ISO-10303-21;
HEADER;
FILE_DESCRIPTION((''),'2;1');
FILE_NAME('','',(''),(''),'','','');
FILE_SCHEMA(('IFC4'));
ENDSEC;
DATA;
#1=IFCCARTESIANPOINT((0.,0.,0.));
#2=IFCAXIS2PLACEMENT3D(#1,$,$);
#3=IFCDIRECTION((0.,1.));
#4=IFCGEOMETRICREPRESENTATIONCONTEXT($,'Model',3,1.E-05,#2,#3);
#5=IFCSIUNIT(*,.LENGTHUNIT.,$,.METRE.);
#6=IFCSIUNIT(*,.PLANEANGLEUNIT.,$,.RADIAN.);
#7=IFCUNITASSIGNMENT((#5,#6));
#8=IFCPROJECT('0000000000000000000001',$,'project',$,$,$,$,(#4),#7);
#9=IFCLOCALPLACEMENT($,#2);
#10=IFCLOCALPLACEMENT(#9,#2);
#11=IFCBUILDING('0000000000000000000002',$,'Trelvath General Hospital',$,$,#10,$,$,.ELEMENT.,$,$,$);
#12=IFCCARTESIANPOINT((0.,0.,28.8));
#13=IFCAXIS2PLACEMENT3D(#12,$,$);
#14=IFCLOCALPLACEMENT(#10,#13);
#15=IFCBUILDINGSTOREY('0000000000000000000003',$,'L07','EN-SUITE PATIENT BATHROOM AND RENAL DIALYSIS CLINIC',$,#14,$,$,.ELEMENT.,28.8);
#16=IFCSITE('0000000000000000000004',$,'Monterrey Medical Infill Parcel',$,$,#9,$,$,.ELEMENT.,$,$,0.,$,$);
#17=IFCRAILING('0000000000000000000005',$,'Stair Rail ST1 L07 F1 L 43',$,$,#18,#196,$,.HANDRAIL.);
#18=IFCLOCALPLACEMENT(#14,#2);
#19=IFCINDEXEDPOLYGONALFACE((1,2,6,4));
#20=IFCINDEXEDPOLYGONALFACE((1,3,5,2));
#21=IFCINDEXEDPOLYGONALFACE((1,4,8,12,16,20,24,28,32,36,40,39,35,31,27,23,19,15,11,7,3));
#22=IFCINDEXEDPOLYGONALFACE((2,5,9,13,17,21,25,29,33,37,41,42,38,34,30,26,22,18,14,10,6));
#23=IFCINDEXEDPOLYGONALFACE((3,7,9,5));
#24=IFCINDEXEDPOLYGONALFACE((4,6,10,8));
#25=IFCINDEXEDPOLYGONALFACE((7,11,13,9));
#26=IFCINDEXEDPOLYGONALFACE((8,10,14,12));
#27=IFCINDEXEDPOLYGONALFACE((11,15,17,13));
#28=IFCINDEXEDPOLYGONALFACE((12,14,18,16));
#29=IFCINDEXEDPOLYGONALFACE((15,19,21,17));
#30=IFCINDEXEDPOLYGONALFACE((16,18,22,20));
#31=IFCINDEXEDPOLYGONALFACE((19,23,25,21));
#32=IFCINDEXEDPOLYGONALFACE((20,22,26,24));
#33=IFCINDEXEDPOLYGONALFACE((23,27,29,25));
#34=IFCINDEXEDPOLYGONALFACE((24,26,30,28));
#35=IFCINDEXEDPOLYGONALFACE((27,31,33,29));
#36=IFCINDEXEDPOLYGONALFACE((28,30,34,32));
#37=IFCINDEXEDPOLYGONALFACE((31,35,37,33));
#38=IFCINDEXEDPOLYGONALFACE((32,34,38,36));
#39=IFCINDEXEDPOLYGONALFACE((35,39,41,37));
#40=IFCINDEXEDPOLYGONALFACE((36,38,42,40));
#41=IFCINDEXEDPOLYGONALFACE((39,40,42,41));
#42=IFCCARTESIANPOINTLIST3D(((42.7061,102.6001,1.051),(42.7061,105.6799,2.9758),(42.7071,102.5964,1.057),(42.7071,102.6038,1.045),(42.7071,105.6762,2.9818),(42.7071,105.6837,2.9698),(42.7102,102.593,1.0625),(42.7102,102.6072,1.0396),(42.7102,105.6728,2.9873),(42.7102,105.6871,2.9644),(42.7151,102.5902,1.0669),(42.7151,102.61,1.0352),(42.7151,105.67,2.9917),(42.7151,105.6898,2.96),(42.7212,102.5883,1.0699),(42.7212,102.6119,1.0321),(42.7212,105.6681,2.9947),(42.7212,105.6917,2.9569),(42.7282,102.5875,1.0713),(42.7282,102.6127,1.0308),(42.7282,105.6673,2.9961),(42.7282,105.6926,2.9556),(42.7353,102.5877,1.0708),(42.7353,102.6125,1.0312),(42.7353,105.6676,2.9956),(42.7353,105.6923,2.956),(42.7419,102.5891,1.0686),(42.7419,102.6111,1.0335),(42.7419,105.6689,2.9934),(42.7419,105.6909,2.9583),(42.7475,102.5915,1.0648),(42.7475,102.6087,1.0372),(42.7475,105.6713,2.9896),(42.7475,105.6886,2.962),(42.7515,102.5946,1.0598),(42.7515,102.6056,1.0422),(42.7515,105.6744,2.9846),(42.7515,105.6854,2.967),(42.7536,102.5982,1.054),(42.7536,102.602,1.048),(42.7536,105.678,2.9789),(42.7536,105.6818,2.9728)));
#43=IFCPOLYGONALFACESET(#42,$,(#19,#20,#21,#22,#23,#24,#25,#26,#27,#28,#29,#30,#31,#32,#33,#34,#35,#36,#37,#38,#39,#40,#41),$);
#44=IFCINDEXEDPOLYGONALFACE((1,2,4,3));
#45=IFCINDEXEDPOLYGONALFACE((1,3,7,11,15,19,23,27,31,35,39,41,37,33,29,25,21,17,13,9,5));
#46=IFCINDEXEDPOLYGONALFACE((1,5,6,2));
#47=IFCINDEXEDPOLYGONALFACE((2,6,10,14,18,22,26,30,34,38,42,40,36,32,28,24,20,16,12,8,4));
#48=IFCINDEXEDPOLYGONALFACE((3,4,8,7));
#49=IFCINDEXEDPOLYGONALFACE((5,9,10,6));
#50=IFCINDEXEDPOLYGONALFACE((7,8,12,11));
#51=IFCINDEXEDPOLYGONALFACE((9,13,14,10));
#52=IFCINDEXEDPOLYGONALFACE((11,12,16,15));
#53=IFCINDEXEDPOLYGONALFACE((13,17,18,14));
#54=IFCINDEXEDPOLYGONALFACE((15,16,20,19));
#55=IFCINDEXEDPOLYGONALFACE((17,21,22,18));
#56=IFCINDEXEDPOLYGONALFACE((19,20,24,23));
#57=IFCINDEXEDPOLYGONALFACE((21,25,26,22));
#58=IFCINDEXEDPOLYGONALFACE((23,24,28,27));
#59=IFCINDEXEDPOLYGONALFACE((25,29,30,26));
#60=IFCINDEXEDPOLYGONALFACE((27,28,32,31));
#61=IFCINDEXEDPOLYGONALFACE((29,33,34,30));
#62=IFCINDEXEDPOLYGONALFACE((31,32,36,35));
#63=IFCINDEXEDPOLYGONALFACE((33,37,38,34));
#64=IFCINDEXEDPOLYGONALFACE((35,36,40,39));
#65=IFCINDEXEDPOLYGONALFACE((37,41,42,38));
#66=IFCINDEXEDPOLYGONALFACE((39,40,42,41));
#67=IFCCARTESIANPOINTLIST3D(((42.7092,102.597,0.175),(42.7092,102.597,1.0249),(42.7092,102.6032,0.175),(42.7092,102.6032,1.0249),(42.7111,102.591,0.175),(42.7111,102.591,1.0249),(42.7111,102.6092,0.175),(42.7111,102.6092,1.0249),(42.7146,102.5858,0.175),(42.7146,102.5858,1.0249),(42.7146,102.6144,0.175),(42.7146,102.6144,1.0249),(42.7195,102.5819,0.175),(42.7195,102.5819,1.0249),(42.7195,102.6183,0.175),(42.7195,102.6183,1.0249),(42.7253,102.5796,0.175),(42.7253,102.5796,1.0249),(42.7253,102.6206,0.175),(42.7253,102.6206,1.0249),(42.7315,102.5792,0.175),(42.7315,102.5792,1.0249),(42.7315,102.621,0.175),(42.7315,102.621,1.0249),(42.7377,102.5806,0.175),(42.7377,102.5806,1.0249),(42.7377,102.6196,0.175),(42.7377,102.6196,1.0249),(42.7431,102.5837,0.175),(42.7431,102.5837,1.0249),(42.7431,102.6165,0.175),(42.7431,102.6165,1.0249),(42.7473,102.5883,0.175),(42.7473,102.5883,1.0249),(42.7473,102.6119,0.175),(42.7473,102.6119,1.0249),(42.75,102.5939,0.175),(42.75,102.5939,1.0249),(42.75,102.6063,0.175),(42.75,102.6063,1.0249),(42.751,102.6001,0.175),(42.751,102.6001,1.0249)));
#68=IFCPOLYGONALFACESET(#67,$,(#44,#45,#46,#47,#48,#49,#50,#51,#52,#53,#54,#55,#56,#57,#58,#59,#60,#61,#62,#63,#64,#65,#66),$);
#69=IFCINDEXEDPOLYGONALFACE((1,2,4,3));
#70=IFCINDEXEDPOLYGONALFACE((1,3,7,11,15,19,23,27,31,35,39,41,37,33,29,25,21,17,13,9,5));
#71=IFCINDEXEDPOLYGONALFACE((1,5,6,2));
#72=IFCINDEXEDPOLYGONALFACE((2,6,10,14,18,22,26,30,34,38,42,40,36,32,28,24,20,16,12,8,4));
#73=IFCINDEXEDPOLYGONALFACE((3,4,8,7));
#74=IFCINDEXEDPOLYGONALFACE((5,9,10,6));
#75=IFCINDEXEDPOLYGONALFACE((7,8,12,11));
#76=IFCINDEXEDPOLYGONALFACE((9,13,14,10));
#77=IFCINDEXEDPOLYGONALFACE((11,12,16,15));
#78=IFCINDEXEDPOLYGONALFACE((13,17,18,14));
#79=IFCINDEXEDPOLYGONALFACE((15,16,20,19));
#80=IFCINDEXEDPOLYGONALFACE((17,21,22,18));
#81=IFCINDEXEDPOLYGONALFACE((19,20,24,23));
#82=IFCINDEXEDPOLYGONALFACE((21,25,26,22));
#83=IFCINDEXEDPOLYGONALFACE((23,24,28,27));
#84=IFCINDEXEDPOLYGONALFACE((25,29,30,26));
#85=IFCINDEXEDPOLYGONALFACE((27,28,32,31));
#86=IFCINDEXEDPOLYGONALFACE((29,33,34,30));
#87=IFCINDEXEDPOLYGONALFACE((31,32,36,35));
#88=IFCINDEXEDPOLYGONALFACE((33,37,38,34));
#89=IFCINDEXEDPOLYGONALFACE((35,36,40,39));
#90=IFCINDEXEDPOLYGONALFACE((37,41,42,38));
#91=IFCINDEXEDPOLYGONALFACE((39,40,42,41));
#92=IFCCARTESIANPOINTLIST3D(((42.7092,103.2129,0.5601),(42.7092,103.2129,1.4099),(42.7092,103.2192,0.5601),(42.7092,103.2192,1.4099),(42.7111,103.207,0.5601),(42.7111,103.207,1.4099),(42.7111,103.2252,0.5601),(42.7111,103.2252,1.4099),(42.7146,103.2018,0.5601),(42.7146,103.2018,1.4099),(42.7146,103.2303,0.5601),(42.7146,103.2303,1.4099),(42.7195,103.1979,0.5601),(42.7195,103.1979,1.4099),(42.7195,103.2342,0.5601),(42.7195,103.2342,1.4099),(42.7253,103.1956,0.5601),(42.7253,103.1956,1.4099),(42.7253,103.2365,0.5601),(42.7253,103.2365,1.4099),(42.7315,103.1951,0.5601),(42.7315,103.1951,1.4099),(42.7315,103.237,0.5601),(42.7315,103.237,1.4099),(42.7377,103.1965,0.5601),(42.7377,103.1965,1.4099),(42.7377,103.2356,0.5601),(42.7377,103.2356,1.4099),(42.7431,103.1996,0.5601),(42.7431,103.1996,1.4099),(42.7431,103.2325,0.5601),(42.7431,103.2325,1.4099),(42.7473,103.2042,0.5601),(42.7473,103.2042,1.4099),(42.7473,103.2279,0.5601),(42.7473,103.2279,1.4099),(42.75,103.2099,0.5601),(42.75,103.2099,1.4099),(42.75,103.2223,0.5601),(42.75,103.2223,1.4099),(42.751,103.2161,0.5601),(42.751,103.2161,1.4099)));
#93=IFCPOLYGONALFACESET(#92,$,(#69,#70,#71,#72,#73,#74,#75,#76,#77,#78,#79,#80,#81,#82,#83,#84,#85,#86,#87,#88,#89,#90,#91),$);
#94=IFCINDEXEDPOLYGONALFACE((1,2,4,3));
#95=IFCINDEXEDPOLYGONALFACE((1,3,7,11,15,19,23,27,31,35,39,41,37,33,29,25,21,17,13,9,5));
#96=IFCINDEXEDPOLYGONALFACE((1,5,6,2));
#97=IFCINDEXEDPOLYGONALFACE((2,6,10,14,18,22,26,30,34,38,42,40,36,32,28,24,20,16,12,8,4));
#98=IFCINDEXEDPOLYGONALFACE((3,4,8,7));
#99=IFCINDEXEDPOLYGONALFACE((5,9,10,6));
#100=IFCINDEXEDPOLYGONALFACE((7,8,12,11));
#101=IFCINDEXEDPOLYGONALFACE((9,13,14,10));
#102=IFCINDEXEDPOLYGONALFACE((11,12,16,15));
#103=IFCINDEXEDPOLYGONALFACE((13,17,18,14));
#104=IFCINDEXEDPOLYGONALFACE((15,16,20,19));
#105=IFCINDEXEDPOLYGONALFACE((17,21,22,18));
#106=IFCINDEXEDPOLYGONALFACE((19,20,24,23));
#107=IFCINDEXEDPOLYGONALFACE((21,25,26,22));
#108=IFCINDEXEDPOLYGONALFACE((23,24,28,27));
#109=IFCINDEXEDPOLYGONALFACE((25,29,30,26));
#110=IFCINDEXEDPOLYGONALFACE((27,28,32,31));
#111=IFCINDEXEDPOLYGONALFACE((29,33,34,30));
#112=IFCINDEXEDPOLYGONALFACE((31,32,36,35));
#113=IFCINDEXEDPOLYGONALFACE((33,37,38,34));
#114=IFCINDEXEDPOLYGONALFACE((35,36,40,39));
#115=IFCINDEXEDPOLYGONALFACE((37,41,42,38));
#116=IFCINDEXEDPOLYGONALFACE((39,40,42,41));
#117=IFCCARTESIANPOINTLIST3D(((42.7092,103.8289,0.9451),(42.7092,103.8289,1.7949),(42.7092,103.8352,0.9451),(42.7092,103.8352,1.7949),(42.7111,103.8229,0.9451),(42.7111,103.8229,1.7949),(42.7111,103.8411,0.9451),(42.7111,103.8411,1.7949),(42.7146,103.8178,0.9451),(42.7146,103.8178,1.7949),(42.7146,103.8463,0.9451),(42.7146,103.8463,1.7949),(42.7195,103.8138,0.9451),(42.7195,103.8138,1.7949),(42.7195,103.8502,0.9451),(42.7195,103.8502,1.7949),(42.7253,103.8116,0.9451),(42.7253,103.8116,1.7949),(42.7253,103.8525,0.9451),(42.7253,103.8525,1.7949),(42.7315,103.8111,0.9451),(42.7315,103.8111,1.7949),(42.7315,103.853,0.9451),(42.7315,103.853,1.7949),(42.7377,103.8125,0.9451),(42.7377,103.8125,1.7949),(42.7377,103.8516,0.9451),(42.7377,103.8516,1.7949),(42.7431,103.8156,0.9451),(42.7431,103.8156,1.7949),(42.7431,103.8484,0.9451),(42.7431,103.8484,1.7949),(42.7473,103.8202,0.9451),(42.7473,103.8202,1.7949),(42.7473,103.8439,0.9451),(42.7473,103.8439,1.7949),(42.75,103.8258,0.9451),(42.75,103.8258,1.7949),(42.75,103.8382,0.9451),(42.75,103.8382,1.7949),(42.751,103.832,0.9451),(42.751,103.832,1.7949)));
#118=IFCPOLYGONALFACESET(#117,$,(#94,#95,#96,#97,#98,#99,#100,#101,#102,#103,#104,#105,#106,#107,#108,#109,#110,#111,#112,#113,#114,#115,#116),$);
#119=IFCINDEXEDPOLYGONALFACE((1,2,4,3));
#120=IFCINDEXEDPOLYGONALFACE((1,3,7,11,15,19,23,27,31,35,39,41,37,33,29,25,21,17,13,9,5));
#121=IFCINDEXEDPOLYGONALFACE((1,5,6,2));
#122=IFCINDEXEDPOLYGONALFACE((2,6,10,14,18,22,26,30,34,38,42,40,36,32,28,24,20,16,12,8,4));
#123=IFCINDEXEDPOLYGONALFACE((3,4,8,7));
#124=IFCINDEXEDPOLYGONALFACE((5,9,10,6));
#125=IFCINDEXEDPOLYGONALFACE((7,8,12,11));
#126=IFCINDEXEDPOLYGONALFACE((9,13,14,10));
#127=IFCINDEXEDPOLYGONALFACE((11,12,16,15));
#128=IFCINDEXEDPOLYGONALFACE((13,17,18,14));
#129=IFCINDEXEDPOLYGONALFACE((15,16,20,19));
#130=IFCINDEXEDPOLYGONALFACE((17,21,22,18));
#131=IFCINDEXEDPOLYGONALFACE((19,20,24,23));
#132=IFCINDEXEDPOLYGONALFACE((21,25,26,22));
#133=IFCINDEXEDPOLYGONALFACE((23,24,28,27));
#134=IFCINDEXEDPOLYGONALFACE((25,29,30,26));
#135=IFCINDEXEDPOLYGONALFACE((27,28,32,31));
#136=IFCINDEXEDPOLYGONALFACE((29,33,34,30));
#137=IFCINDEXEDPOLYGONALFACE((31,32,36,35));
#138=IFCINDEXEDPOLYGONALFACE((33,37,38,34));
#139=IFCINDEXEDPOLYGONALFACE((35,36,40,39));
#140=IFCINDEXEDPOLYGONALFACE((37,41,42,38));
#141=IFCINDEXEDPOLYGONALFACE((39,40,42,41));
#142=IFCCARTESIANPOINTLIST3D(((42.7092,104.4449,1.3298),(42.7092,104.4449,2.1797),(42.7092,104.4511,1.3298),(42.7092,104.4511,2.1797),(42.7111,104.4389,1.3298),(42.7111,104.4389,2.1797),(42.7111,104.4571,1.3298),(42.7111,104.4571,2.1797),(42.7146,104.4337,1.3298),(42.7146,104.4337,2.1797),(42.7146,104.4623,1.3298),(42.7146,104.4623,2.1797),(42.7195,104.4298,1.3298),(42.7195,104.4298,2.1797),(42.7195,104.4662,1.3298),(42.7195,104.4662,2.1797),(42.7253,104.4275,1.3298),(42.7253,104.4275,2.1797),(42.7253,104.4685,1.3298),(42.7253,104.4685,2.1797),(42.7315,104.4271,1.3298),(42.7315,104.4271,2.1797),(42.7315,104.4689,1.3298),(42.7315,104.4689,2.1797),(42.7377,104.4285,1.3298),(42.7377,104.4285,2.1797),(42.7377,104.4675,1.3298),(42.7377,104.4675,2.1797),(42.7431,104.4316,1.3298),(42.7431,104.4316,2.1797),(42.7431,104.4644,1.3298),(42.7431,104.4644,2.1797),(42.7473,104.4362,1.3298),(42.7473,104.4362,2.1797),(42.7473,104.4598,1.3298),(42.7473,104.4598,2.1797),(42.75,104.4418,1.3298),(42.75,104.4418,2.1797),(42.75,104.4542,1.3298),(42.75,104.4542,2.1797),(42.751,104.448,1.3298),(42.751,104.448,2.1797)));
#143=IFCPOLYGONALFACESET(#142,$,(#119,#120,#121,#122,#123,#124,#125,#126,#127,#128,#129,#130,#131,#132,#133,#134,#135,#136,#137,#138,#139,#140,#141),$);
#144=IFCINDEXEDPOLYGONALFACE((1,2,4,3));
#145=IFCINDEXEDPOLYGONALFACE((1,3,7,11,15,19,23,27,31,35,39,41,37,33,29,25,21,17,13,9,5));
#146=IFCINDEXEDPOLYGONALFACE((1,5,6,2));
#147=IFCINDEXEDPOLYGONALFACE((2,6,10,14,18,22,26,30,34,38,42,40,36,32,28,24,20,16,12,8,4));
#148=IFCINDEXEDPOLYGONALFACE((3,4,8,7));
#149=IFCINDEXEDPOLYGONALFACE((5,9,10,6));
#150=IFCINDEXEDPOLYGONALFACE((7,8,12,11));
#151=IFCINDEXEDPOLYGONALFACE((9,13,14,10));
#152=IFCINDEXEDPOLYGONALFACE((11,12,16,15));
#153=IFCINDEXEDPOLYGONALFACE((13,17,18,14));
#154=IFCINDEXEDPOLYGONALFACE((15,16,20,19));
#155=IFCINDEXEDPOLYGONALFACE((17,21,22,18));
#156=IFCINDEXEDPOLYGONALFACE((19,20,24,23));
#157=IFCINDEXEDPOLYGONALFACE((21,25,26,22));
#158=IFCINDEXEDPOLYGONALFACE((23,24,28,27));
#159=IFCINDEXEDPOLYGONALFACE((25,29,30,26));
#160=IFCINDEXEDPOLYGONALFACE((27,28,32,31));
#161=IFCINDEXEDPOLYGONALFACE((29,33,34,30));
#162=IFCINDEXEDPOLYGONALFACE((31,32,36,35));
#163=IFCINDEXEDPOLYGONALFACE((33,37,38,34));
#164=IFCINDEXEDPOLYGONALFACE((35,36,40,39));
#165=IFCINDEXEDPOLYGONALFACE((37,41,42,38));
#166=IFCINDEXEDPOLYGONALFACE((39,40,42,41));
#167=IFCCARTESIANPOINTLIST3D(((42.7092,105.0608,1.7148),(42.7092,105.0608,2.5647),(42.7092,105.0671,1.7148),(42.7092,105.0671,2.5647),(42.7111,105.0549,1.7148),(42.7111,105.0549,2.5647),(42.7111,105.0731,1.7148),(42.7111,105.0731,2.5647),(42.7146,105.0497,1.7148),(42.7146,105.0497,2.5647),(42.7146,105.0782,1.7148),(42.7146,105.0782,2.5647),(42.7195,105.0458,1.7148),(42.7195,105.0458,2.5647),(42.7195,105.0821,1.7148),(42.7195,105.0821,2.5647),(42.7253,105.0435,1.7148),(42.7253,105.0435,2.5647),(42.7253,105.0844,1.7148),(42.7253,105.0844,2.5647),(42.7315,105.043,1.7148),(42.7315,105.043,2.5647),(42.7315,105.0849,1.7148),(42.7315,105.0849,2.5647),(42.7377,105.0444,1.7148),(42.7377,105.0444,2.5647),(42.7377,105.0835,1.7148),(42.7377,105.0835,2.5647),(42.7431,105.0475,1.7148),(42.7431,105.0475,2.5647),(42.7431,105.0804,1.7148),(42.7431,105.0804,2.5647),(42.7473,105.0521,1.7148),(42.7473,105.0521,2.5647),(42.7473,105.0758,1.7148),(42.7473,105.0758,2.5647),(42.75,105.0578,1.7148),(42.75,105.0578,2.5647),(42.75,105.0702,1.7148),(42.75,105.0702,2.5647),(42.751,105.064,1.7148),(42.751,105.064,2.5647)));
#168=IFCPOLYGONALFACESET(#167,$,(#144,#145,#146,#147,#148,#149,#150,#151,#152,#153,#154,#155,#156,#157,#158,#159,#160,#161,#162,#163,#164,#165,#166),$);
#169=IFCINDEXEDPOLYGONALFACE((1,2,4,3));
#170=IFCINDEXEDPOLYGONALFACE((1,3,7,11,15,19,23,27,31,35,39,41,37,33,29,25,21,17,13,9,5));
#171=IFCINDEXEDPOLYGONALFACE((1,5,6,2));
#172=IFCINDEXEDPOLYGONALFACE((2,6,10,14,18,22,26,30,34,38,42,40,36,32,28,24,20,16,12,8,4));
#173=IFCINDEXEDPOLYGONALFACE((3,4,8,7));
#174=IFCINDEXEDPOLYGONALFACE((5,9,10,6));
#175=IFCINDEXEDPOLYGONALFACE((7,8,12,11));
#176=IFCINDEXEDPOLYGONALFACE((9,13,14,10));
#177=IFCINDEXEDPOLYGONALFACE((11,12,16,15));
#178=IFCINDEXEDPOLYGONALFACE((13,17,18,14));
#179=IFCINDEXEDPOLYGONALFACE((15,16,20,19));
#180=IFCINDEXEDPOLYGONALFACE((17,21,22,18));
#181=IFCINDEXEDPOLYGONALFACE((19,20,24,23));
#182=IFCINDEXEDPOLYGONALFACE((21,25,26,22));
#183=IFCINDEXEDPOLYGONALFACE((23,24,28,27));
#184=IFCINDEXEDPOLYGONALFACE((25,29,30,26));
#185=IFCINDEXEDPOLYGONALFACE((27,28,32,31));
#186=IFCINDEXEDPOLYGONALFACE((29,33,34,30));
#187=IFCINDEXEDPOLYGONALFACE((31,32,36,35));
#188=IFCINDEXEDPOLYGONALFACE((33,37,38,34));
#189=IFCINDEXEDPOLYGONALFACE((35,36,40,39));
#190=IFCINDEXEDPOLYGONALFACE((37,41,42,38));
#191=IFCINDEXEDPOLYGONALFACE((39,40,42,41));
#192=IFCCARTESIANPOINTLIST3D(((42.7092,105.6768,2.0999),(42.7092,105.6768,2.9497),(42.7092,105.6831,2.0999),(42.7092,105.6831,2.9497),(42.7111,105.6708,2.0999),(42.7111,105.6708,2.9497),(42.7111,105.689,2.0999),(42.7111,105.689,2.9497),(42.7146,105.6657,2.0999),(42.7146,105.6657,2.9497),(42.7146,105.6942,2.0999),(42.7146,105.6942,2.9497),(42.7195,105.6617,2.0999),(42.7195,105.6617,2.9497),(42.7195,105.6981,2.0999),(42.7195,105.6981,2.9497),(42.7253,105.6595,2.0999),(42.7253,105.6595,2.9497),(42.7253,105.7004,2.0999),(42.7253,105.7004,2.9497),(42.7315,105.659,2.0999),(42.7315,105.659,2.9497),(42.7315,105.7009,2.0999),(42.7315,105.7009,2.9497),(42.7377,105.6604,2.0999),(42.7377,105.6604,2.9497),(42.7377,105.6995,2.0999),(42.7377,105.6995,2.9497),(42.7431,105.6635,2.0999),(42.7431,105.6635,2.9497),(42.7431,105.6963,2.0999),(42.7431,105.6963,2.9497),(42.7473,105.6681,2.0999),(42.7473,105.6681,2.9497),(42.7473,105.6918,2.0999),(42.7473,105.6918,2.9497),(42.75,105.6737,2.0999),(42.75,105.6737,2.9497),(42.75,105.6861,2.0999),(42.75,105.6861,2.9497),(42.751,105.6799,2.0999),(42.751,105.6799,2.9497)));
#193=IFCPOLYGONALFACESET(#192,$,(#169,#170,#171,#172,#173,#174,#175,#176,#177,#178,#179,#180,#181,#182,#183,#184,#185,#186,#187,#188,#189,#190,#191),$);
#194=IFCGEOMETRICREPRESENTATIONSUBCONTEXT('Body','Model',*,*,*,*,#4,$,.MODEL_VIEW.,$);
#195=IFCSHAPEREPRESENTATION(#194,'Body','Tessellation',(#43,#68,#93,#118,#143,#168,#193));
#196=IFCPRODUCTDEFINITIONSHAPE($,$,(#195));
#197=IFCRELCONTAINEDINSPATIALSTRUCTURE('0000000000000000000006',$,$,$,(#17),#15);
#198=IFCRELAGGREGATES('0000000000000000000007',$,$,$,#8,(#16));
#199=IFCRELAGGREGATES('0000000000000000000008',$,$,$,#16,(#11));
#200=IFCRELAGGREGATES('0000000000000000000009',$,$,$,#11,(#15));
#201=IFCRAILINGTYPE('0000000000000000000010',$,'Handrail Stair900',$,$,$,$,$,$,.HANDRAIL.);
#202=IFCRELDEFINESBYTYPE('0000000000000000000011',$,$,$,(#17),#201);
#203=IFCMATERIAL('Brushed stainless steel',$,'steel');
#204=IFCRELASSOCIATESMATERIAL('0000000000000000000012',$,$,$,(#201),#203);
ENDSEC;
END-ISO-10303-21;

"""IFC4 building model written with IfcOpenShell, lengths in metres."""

from ifc_helpers import new_model, si_unit, direction, frame, origin, origin_2d, place, context, subcontext, project, spatial, circle, extrude, material, type_object, element, save


model = new_model("IFC4")

# Units and contexts
model_context = context("Model", 3, precision=1e-05, world=origin(), true_north=direction((0.0, 1.0)))
body_context = subcontext(model_context, "Body", "Model", "MODEL_VIEW")
ifc_project = project(units=[si_unit("LENGTHUNIT", "METRE"), si_unit("PLANEANGLEUNIT", "RADIAN")], contexts=[model_context])

# Site, building, storey
site_placement = place(None, origin())
site = spatial("IfcSite", under=ifc_project, at=site_placement, Name="Monterrey Medical Infill Parcel", CompositionType="ELEMENT", RefElevation=0.0)
building_placement = place(site_placement, origin())
building = spatial("IfcBuilding", under=site, at=building_placement, Name="Trelvath General Hospital", CompositionType="ELEMENT")
storey_placement = place(building_placement, frame((0.0, 0.0, 28.8)))
storey = spatial("IfcBuildingStorey", under=building, at=storey_placement, Name="L07", Description="EN-SUITE PATIENT BATHROOM AND RENAL DIALYSIS CLINIC", CompositionType="ELEMENT", Elevation=28.8)

# Railing
ifc_material_1 = material(Name="Brushed stainless steel", Category="steel")
railing_type_1 = type_object("IfcRailingType", Name="Handrail Stair900", PredefinedType="HANDRAIL", material=ifc_material_1)
railing_1_placement = place(storey_placement, frame((42.73, 102.6001, 0.175)))
element("IfcRailing", 1, at=railing_1_placement, inside=storey, type_object=railing_type_1, Name="Stair Rail ST1 L07 F1 L 43", PredefinedType="HANDRAIL", context=body_context, shape_type="SweptSolid", body=[
    extrude(circle(Radius=0.0239, at=origin_2d()), frame((0.0, 0.0, 0.876), z_axis=(0.0, 0.84801, 0.529981), x_axis=(-1.0, 0.0, 0.0)), (0.0, 0.0, 1.0), 3.6318),
    extrude(circle(Radius=0.021, at=origin_2d()), origin(), (0.0, 0.0, 1.0), 0.8499),
    extrude(circle(Radius=0.021, at=origin_2d()), frame((0.0, 0.616, 0.385)), (0.0, 0.0, 1.0), 0.8499),
    extrude(circle(Radius=0.021, at=origin_2d()), frame((0.0, 1.2319, 0.77)), (0.0, 0.0, 1.0), 0.8499),
    extrude(circle(Radius=0.021, at=origin_2d()), frame((0.0, 1.8479, 1.1548)), (0.0, 0.0, 1.0), 0.8499),
    extrude(circle(Radius=0.021, at=origin_2d()), frame((0.0, 2.4639, 1.5398)), (0.0, 0.0, 1.0), 0.8499),
    extrude(circle(Radius=0.021, at=origin_2d()), frame((0.0, 3.0798, 1.9248)), (0.0, 0.0, 1.0), 0.8499),
])

save(model, "model.ifc")
